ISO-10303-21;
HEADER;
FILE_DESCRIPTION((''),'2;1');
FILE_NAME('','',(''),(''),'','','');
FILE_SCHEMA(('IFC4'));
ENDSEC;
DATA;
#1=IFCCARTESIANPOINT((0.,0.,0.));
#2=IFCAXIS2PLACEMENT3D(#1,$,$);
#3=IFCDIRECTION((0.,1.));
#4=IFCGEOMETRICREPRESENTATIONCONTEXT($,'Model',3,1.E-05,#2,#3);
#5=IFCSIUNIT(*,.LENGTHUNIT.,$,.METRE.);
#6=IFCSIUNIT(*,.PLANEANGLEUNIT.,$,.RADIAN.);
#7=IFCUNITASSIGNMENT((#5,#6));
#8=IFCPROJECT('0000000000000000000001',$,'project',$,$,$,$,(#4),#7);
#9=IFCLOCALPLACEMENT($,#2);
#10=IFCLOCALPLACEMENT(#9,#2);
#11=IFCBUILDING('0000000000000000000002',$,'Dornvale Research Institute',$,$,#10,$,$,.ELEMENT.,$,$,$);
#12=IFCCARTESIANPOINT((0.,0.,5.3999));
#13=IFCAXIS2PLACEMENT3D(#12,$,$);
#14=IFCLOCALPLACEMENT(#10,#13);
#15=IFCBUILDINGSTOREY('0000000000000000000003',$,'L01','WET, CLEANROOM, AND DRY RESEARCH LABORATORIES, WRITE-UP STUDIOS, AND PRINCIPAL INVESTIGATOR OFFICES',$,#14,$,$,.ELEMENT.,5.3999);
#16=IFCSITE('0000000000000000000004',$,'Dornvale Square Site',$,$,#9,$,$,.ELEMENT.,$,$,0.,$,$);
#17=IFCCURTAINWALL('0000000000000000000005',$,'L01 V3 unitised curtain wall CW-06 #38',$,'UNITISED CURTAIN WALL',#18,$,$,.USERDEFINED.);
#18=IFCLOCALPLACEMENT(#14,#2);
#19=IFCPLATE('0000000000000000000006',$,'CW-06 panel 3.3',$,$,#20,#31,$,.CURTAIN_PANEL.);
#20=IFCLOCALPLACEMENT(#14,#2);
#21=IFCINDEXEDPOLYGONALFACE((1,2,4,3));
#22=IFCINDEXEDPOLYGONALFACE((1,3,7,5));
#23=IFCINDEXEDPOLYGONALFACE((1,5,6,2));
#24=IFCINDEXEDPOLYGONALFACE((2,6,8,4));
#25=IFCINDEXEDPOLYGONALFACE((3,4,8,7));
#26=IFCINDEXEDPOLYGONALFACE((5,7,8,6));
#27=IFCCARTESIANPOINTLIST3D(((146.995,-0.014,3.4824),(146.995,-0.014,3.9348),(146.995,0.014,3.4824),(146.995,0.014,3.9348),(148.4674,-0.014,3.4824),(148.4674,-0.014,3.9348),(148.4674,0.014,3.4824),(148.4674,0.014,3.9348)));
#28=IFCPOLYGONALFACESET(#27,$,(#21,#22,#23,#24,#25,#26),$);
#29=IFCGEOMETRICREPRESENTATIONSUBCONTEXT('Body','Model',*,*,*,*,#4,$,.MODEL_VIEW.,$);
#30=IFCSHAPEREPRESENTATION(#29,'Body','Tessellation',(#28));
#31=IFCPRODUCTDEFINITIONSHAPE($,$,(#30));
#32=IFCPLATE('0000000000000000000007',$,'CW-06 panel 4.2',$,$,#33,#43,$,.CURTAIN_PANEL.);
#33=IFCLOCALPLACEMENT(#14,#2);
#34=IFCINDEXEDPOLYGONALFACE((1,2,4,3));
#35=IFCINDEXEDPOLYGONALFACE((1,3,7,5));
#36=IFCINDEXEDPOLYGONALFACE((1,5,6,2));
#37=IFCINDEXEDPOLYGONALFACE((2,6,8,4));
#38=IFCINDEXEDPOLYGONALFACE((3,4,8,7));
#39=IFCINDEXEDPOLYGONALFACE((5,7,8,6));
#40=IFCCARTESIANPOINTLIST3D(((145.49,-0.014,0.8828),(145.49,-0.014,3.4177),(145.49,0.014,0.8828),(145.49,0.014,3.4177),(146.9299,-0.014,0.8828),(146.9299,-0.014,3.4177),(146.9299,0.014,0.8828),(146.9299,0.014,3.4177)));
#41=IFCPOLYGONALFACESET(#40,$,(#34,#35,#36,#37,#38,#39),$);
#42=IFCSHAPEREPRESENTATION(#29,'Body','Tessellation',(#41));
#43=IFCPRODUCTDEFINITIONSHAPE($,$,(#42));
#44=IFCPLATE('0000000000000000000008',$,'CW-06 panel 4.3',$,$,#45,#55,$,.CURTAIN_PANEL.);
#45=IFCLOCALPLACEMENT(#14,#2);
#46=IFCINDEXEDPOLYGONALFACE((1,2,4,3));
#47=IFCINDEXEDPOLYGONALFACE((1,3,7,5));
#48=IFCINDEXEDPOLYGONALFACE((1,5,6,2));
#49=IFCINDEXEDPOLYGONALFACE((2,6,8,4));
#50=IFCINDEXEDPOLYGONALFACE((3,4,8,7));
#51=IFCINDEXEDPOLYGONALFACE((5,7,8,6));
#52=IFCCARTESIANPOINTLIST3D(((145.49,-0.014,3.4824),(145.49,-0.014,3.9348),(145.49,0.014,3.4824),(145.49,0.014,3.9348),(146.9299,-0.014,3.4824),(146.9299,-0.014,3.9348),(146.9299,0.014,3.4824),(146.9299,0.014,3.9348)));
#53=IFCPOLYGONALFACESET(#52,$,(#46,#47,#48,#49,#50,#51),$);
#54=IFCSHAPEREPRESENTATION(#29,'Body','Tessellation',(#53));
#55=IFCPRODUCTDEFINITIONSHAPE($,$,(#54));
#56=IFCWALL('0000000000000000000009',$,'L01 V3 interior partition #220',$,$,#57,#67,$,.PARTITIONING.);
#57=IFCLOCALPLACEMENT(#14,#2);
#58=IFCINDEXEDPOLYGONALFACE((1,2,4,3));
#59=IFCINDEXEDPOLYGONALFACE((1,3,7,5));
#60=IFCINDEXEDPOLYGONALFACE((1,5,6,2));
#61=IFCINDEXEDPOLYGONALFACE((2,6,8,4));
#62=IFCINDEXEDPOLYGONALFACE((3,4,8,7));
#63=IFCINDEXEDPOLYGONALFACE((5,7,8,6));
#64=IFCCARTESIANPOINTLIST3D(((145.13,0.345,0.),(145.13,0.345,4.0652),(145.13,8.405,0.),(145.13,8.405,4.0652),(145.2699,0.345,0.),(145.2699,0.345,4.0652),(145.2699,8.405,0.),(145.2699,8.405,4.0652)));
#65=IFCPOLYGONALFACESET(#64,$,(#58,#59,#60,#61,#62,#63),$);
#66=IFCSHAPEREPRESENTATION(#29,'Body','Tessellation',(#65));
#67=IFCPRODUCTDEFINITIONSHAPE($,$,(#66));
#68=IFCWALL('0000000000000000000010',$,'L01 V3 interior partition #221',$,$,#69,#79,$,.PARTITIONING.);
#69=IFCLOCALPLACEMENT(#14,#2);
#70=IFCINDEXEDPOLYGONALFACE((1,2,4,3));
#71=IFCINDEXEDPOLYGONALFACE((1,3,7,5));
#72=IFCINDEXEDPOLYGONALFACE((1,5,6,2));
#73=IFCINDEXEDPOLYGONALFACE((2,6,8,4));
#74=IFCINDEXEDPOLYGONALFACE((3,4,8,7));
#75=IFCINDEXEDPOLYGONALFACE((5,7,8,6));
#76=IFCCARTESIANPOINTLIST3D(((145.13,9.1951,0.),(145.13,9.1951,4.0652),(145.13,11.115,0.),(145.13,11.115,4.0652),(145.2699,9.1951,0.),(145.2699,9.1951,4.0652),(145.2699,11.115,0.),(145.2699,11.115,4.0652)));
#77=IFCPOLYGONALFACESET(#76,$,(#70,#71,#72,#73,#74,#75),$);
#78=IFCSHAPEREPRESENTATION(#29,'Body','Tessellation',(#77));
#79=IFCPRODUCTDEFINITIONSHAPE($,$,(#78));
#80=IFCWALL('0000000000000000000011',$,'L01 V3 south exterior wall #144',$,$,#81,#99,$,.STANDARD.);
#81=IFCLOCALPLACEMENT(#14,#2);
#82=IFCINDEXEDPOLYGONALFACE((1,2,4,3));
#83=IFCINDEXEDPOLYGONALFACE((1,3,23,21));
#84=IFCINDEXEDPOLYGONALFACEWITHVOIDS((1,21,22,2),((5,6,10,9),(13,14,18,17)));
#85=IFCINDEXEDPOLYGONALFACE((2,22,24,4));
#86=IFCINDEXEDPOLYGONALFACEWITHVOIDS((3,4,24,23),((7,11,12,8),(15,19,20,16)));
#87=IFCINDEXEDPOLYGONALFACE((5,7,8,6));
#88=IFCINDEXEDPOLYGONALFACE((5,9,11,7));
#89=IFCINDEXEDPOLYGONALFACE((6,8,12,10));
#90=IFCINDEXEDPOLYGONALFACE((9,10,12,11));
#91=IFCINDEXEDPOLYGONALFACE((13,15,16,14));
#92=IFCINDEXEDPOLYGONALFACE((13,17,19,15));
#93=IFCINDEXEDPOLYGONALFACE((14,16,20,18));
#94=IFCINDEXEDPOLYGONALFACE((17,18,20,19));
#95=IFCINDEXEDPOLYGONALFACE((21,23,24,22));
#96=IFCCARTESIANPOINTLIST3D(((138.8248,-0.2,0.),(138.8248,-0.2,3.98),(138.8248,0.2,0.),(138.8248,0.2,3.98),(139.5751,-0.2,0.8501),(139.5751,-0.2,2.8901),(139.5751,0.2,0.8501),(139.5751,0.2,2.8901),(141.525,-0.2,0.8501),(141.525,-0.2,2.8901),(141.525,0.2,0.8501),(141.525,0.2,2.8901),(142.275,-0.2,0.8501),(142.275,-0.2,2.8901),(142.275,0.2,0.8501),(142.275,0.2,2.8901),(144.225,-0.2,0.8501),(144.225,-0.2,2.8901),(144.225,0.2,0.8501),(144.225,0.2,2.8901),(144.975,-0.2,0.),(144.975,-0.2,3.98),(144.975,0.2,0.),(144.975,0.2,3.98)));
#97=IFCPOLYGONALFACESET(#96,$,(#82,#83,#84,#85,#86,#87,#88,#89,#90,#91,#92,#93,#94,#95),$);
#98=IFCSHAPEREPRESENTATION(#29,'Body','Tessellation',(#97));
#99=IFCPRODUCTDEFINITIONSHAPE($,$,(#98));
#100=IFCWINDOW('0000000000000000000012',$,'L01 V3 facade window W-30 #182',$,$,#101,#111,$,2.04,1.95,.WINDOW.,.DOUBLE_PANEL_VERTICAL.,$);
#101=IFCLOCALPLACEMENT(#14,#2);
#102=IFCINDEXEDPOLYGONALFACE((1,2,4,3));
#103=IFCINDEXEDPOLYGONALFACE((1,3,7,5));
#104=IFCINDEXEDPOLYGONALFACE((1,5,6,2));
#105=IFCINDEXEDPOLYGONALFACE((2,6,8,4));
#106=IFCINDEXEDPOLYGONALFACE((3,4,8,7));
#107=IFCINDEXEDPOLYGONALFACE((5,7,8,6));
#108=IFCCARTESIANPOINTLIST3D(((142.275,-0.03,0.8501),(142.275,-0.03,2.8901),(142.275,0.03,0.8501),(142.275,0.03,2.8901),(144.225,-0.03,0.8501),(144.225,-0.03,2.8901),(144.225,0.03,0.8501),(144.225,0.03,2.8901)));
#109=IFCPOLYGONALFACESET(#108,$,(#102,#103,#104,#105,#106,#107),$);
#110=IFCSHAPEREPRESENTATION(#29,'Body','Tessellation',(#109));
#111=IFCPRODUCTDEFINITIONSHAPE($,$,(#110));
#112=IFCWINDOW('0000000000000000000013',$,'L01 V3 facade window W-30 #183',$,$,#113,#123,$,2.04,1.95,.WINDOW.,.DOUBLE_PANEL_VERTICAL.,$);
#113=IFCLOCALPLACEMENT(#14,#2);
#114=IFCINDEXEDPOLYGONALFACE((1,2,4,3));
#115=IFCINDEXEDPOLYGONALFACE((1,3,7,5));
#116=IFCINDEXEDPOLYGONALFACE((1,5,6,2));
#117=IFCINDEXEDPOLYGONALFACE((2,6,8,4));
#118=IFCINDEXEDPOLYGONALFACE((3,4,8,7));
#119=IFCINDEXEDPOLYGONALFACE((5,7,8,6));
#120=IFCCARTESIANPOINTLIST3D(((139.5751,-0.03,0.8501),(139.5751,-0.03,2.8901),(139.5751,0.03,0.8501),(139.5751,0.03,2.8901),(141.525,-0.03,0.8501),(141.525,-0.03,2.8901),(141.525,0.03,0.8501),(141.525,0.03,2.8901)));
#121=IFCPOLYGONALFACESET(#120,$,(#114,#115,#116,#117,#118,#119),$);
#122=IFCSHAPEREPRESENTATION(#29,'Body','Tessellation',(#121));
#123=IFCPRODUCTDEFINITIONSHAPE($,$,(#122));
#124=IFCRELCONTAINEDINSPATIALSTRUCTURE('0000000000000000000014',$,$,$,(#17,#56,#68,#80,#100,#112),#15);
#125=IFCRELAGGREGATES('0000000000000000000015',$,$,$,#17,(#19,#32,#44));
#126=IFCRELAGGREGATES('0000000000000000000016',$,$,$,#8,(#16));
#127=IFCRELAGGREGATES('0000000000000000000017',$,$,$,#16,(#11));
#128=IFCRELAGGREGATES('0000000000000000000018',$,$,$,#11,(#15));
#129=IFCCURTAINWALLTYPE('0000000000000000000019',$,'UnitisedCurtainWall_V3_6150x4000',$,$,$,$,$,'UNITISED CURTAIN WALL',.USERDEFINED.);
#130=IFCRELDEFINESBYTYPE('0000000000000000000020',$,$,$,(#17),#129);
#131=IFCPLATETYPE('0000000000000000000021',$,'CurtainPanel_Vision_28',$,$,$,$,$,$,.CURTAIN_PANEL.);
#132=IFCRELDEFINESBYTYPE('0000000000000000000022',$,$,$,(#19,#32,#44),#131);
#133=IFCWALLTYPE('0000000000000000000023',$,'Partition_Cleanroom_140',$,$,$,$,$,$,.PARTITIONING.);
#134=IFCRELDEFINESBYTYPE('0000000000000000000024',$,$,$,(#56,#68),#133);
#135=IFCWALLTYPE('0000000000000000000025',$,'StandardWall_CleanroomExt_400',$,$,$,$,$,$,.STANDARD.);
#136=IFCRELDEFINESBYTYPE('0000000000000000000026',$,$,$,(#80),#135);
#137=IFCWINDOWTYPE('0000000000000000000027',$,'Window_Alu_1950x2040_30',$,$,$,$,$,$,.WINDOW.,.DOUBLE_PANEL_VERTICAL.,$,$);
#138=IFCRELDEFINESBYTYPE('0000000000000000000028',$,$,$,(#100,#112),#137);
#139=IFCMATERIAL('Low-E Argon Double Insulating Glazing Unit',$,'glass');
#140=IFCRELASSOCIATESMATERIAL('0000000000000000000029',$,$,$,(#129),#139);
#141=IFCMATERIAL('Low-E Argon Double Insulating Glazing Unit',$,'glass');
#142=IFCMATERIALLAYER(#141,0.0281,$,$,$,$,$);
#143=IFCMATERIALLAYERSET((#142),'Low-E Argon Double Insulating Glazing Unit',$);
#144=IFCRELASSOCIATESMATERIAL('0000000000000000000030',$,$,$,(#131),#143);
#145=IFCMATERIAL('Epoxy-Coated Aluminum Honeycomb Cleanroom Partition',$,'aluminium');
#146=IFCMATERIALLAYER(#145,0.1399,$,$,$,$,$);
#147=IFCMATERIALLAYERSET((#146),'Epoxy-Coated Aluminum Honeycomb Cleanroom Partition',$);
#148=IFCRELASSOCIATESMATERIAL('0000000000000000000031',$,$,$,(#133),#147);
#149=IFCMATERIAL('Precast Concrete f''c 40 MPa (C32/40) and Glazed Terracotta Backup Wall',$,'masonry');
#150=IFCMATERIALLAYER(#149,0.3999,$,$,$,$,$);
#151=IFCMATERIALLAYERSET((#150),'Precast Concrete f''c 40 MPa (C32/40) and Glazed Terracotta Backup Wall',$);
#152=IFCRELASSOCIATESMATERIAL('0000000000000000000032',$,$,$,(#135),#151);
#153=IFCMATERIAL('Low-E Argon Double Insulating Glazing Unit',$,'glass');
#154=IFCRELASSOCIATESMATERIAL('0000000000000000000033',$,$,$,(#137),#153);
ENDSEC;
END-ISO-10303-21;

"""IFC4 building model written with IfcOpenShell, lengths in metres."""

from ifc_helpers import new_model, si_unit, direction, frame, frame_2d, origin, origin_2d, place, context, subcontext, project, spatial, rectangle, extrude, material, layer, layer_set, type_object, element, fill, aggregate, save


model = new_model("IFC4")

# Units and contexts
model_context = context("Model", 3, precision=1e-05, world=origin(), true_north=direction((0.0, 1.0)))
body_context = subcontext(model_context, "Body", "Model", "MODEL_VIEW")
ifc_project = project(units=[si_unit("LENGTHUNIT", "METRE"), si_unit("PLANEANGLEUNIT", "RADIAN")], contexts=[model_context])

# Site, building, storey
site_placement = place(None, origin())
site = spatial("IfcSite", under=ifc_project, at=site_placement, Name="Dornvale Square Site", CompositionType="ELEMENT", RefElevation=0.0)
building_placement = place(site_placement, origin())
building = spatial("IfcBuilding", under=site, at=building_placement, Name="Dornvale Research Institute", CompositionType="ELEMENT")
storey_placement = place(building_placement, frame((0.0, 0.0, 5.3999)))
storey = spatial("IfcBuildingStorey", under=building, at=storey_placement, Name="L01", Description="WET, CLEANROOM, AND DRY RESEARCH LABORATORIES, WRITE-UP STUDIOS, AND PRINCIPAL INVESTIGATOR OFFICES", CompositionType="ELEMENT", Elevation=5.3999)

# Curtain wall
ifc_material_1 = material(Name="Low-E Argon Double Insulating Glazing Unit", Category="glass")
curtain_wall_type = type_object("IfcCurtainWallType", Name="UnitisedCurtainWall_V3_6150x4000", ElementType="UNITISED CURTAIN WALL", PredefinedType="USERDEFINED", material=ifc_material_1)
curtain_wall_placement = place(storey_placement, origin())
curtain_wall = element("IfcCurtainWall", 1, at=curtain_wall_placement, inside=storey, type_object=curtain_wall_type, Name="L01 V3 unitised curtain wall CW-06 #38", ObjectType="UNITISED CURTAIN WALL", PredefinedType="USERDEFINED")

# Plates
ifc_material_2 = material(Name="Low-E Argon Double Insulating Glazing Unit", Category="glass")
ifc_layer_1 = layer(ifc_material_2, 0.0281)
ifc_layer_set_1 = layer_set([ifc_layer_1], Name="Low-E Argon Double Insulating Glazing Unit")
plate_type_1 = type_object("IfcPlateType", Name="CurtainPanel_Vision_28", PredefinedType="CURTAIN_PANEL", material=ifc_layer_set_1)
plate_1_placement = place(storey_placement, frame((147.7312, 0.0, 3.4824), z_axis=(0.0, 0.0, 1.0), x_axis=(-1.0, 0.0, 0.0)))
plate_1 = element("IfcPlate", 2, at=plate_1_placement, type_object=plate_type_1, Name="CW-06 panel 3.3", PredefinedType="CURTAIN_PANEL", context=body_context, shape_type="SweptSolid", body=[
    extrude(rectangle(XDim=1.4724, YDim=0.0281, at=origin_2d()), origin(), (0.0, 0.0, 1.0), 0.4524),
])
plate_2_placement = place(storey_placement, frame((146.21, 0.0, 0.8828), z_axis=(0.0, 0.0, 1.0), x_axis=(-1.0, 0.0, 0.0)))
plate_2 = element("IfcPlate", 3, at=plate_2_placement, type_object=plate_type_1, Name="CW-06 panel 4.2", PredefinedType="CURTAIN_PANEL", context=body_context, shape_type="SweptSolid", body=[
    extrude(rectangle(XDim=1.4399, YDim=0.0281, at=origin_2d()), origin(), (0.0, 0.0, 1.0), 2.5349),
])
plate_3_placement = place(storey_placement, frame((146.21, 0.0, 3.4824), z_axis=(0.0, 0.0, 1.0), x_axis=(-1.0, 0.0, 0.0)))
plate_3 = element("IfcPlate", 4, at=plate_3_placement, type_object=plate_type_1, Name="CW-06 panel 4.3", PredefinedType="CURTAIN_PANEL", context=body_context, shape_type="SweptSolid", body=[
    extrude(rectangle(XDim=1.4399, YDim=0.0281, at=origin_2d()), origin(), (0.0, 0.0, 1.0), 0.4524),
])
aggregate(curtain_wall, [plate_1, plate_2, plate_3])

# Walls
ifc_material_3 = material(Name="Epoxy-Coated Aluminum Honeycomb Cleanroom Partition", Category="aluminium")
ifc_layer_2 = layer(ifc_material_3, 0.1399)
ifc_layer_set_2 = layer_set([ifc_layer_2], Name="Epoxy-Coated Aluminum Honeycomb Cleanroom Partition")
wall_type_1 = type_object("IfcWallType", Name="Partition_Cleanroom_140", PredefinedType="PARTITIONING", material=ifc_layer_set_2)
wall_1_placement = place(storey_placement, frame((145.2, 0.345, 0.0), z_axis=(0.0, 0.0, 1.0), x_axis=(0.0, 1.0, 0.0)))
element("IfcWall", 5, at=wall_1_placement, inside=storey, type_object=wall_type_1, Name="L01 V3 interior partition #220", PredefinedType="PARTITIONING", context=body_context, shape_type="SweptSolid", body=[
    extrude(rectangle(XDim=8.0601, YDim=0.1399, at=frame_2d((4.03, 0.0))), origin(), (0.0, 0.0, 1.0), 4.0652),
])
wall_2_placement = place(storey_placement, frame((145.2, 9.1951, 0.0), z_axis=(0.0, 0.0, 1.0), x_axis=(0.0, 1.0, 0.0)))
element("IfcWall", 6, at=wall_2_placement, inside=storey, type_object=wall_type_1, Name="L01 V3 interior partition #221", PredefinedType="PARTITIONING", context=body_context, shape_type="SweptSolid", body=[
    extrude(rectangle(XDim=1.9199, YDim=0.1399, at=frame_2d((0.96, 0.0))), origin(), (0.0, 0.0, 1.0), 4.0652),
])

# Wall, openings, windows
ifc_material_4 = material(Name="Precast Concrete f'c 40 MPa (C32/40) and Glazed Terracotta Backup Wall", Category="masonry")
ifc_layer_3 = layer(ifc_material_4, 0.3999)
ifc_layer_set_3 = layer_set([ifc_layer_3], Name="Precast Concrete f'c 40 MPa (C32/40) and Glazed Terracotta Backup Wall")
wall_type_2 = type_object("IfcWallType", Name="StandardWall_CleanroomExt_400", PredefinedType="STANDARD", material=ifc_layer_set_3)
wall_3_placement = place(storey_placement, frame((144.9751, 0.0, 0.0), z_axis=(0.0, 0.0, 1.0), x_axis=(-1.0, 0.0, 0.0)))
wall_3 = element("IfcWall", 7, at=wall_3_placement, inside=storey, type_object=wall_type_2, Name="L01 V3 south exterior wall #144", PredefinedType="STANDARD", context=body_context, shape_type="SweptSolid", body=[
    extrude(rectangle(XDim=6.1501, YDim=0.3999, at=frame_2d((3.0752, 0.0))), origin(), (0.0, 0.0, 1.0), 3.98),
])
opening_1_placement = place(wall_3_placement, frame((0.75, 0.0, 0.8501)))
opening_1 = element("IfcOpeningElement", 8, at=opening_1_placement, cuts=wall_3, PredefinedType="OPENING", context=body_context, shape_type="SweptSolid", body=[
    extrude(rectangle(XDim=1.95, YDim=2.04, at=frame_2d((0.9751, 1.02))), frame((0.0, 0.2148, 0.0), z_axis=(0.0, -1.0, 0.0), x_axis=(1.0, 0.0, 0.0)), (0.0, 0.0, 1.0), 0.4299),
])
opening_2_placement = place(wall_3_placement, frame((3.45, 0.0, 0.8501)))
opening_2 = element("IfcOpeningElement", 9, at=opening_2_placement, cuts=wall_3, PredefinedType="OPENING", context=body_context, shape_type="SweptSolid", body=[
    extrude(rectangle(XDim=1.95, YDim=2.04, at=frame_2d((0.9751, 1.02))), frame((0.0, 0.2148, 0.0), z_axis=(0.0, -1.0, 0.0), x_axis=(1.0, 0.0, 0.0)), (0.0, 0.0, 1.0), 0.4299),
])
ifc_material_5 = material(Name="Low-E Argon Double Insulating Glazing Unit", Category="glass")
window_type = type_object("IfcWindowType", Name="Window_Alu_1950x2040_30", PartitioningType="DOUBLE_PANEL_VERTICAL", PredefinedType="WINDOW", material=ifc_material_5)
window_1_placement = place(opening_1_placement, origin())
window_1 = element("IfcWindow", 10, at=window_1_placement, inside=storey, type_object=window_type, Name="L01 V3 facade window W-30 #182", OverallHeight=2.04, OverallWidth=1.95, PartitioningType="DOUBLE_PANEL_VERTICAL", PredefinedType="WINDOW", context=body_context, shape_type="SweptSolid", body=[
    extrude(rectangle(XDim=1.95, YDim=2.04, at=frame_2d((0.9751, 1.02))), frame((0.0, 0.03, 0.0), z_axis=(0.0, -1.0, 0.0), x_axis=(1.0, 0.0, 0.0)), (0.0, 0.0, 1.0), 0.0601),
])
fill(opening_1, window_1)
window_2_placement = place(opening_2_placement, origin())
window_2 = element("IfcWindow", 11, at=window_2_placement, inside=storey, type_object=window_type, Name="L01 V3 facade window W-30 #183", OverallHeight=2.04, OverallWidth=1.95, PartitioningType="DOUBLE_PANEL_VERTICAL", PredefinedType="WINDOW", context=body_context, shape_type="SweptSolid", body=[
    extrude(rectangle(XDim=1.95, YDim=2.04, at=frame_2d((0.9751, 1.02))), frame((0.0, 0.03, 0.0), z_axis=(0.0, -1.0, 0.0), x_axis=(1.0, 0.0, 0.0)), (0.0, 0.0, 1.0), 0.0601),
])
fill(opening_2, window_2)

save(model, "model.ifc")
